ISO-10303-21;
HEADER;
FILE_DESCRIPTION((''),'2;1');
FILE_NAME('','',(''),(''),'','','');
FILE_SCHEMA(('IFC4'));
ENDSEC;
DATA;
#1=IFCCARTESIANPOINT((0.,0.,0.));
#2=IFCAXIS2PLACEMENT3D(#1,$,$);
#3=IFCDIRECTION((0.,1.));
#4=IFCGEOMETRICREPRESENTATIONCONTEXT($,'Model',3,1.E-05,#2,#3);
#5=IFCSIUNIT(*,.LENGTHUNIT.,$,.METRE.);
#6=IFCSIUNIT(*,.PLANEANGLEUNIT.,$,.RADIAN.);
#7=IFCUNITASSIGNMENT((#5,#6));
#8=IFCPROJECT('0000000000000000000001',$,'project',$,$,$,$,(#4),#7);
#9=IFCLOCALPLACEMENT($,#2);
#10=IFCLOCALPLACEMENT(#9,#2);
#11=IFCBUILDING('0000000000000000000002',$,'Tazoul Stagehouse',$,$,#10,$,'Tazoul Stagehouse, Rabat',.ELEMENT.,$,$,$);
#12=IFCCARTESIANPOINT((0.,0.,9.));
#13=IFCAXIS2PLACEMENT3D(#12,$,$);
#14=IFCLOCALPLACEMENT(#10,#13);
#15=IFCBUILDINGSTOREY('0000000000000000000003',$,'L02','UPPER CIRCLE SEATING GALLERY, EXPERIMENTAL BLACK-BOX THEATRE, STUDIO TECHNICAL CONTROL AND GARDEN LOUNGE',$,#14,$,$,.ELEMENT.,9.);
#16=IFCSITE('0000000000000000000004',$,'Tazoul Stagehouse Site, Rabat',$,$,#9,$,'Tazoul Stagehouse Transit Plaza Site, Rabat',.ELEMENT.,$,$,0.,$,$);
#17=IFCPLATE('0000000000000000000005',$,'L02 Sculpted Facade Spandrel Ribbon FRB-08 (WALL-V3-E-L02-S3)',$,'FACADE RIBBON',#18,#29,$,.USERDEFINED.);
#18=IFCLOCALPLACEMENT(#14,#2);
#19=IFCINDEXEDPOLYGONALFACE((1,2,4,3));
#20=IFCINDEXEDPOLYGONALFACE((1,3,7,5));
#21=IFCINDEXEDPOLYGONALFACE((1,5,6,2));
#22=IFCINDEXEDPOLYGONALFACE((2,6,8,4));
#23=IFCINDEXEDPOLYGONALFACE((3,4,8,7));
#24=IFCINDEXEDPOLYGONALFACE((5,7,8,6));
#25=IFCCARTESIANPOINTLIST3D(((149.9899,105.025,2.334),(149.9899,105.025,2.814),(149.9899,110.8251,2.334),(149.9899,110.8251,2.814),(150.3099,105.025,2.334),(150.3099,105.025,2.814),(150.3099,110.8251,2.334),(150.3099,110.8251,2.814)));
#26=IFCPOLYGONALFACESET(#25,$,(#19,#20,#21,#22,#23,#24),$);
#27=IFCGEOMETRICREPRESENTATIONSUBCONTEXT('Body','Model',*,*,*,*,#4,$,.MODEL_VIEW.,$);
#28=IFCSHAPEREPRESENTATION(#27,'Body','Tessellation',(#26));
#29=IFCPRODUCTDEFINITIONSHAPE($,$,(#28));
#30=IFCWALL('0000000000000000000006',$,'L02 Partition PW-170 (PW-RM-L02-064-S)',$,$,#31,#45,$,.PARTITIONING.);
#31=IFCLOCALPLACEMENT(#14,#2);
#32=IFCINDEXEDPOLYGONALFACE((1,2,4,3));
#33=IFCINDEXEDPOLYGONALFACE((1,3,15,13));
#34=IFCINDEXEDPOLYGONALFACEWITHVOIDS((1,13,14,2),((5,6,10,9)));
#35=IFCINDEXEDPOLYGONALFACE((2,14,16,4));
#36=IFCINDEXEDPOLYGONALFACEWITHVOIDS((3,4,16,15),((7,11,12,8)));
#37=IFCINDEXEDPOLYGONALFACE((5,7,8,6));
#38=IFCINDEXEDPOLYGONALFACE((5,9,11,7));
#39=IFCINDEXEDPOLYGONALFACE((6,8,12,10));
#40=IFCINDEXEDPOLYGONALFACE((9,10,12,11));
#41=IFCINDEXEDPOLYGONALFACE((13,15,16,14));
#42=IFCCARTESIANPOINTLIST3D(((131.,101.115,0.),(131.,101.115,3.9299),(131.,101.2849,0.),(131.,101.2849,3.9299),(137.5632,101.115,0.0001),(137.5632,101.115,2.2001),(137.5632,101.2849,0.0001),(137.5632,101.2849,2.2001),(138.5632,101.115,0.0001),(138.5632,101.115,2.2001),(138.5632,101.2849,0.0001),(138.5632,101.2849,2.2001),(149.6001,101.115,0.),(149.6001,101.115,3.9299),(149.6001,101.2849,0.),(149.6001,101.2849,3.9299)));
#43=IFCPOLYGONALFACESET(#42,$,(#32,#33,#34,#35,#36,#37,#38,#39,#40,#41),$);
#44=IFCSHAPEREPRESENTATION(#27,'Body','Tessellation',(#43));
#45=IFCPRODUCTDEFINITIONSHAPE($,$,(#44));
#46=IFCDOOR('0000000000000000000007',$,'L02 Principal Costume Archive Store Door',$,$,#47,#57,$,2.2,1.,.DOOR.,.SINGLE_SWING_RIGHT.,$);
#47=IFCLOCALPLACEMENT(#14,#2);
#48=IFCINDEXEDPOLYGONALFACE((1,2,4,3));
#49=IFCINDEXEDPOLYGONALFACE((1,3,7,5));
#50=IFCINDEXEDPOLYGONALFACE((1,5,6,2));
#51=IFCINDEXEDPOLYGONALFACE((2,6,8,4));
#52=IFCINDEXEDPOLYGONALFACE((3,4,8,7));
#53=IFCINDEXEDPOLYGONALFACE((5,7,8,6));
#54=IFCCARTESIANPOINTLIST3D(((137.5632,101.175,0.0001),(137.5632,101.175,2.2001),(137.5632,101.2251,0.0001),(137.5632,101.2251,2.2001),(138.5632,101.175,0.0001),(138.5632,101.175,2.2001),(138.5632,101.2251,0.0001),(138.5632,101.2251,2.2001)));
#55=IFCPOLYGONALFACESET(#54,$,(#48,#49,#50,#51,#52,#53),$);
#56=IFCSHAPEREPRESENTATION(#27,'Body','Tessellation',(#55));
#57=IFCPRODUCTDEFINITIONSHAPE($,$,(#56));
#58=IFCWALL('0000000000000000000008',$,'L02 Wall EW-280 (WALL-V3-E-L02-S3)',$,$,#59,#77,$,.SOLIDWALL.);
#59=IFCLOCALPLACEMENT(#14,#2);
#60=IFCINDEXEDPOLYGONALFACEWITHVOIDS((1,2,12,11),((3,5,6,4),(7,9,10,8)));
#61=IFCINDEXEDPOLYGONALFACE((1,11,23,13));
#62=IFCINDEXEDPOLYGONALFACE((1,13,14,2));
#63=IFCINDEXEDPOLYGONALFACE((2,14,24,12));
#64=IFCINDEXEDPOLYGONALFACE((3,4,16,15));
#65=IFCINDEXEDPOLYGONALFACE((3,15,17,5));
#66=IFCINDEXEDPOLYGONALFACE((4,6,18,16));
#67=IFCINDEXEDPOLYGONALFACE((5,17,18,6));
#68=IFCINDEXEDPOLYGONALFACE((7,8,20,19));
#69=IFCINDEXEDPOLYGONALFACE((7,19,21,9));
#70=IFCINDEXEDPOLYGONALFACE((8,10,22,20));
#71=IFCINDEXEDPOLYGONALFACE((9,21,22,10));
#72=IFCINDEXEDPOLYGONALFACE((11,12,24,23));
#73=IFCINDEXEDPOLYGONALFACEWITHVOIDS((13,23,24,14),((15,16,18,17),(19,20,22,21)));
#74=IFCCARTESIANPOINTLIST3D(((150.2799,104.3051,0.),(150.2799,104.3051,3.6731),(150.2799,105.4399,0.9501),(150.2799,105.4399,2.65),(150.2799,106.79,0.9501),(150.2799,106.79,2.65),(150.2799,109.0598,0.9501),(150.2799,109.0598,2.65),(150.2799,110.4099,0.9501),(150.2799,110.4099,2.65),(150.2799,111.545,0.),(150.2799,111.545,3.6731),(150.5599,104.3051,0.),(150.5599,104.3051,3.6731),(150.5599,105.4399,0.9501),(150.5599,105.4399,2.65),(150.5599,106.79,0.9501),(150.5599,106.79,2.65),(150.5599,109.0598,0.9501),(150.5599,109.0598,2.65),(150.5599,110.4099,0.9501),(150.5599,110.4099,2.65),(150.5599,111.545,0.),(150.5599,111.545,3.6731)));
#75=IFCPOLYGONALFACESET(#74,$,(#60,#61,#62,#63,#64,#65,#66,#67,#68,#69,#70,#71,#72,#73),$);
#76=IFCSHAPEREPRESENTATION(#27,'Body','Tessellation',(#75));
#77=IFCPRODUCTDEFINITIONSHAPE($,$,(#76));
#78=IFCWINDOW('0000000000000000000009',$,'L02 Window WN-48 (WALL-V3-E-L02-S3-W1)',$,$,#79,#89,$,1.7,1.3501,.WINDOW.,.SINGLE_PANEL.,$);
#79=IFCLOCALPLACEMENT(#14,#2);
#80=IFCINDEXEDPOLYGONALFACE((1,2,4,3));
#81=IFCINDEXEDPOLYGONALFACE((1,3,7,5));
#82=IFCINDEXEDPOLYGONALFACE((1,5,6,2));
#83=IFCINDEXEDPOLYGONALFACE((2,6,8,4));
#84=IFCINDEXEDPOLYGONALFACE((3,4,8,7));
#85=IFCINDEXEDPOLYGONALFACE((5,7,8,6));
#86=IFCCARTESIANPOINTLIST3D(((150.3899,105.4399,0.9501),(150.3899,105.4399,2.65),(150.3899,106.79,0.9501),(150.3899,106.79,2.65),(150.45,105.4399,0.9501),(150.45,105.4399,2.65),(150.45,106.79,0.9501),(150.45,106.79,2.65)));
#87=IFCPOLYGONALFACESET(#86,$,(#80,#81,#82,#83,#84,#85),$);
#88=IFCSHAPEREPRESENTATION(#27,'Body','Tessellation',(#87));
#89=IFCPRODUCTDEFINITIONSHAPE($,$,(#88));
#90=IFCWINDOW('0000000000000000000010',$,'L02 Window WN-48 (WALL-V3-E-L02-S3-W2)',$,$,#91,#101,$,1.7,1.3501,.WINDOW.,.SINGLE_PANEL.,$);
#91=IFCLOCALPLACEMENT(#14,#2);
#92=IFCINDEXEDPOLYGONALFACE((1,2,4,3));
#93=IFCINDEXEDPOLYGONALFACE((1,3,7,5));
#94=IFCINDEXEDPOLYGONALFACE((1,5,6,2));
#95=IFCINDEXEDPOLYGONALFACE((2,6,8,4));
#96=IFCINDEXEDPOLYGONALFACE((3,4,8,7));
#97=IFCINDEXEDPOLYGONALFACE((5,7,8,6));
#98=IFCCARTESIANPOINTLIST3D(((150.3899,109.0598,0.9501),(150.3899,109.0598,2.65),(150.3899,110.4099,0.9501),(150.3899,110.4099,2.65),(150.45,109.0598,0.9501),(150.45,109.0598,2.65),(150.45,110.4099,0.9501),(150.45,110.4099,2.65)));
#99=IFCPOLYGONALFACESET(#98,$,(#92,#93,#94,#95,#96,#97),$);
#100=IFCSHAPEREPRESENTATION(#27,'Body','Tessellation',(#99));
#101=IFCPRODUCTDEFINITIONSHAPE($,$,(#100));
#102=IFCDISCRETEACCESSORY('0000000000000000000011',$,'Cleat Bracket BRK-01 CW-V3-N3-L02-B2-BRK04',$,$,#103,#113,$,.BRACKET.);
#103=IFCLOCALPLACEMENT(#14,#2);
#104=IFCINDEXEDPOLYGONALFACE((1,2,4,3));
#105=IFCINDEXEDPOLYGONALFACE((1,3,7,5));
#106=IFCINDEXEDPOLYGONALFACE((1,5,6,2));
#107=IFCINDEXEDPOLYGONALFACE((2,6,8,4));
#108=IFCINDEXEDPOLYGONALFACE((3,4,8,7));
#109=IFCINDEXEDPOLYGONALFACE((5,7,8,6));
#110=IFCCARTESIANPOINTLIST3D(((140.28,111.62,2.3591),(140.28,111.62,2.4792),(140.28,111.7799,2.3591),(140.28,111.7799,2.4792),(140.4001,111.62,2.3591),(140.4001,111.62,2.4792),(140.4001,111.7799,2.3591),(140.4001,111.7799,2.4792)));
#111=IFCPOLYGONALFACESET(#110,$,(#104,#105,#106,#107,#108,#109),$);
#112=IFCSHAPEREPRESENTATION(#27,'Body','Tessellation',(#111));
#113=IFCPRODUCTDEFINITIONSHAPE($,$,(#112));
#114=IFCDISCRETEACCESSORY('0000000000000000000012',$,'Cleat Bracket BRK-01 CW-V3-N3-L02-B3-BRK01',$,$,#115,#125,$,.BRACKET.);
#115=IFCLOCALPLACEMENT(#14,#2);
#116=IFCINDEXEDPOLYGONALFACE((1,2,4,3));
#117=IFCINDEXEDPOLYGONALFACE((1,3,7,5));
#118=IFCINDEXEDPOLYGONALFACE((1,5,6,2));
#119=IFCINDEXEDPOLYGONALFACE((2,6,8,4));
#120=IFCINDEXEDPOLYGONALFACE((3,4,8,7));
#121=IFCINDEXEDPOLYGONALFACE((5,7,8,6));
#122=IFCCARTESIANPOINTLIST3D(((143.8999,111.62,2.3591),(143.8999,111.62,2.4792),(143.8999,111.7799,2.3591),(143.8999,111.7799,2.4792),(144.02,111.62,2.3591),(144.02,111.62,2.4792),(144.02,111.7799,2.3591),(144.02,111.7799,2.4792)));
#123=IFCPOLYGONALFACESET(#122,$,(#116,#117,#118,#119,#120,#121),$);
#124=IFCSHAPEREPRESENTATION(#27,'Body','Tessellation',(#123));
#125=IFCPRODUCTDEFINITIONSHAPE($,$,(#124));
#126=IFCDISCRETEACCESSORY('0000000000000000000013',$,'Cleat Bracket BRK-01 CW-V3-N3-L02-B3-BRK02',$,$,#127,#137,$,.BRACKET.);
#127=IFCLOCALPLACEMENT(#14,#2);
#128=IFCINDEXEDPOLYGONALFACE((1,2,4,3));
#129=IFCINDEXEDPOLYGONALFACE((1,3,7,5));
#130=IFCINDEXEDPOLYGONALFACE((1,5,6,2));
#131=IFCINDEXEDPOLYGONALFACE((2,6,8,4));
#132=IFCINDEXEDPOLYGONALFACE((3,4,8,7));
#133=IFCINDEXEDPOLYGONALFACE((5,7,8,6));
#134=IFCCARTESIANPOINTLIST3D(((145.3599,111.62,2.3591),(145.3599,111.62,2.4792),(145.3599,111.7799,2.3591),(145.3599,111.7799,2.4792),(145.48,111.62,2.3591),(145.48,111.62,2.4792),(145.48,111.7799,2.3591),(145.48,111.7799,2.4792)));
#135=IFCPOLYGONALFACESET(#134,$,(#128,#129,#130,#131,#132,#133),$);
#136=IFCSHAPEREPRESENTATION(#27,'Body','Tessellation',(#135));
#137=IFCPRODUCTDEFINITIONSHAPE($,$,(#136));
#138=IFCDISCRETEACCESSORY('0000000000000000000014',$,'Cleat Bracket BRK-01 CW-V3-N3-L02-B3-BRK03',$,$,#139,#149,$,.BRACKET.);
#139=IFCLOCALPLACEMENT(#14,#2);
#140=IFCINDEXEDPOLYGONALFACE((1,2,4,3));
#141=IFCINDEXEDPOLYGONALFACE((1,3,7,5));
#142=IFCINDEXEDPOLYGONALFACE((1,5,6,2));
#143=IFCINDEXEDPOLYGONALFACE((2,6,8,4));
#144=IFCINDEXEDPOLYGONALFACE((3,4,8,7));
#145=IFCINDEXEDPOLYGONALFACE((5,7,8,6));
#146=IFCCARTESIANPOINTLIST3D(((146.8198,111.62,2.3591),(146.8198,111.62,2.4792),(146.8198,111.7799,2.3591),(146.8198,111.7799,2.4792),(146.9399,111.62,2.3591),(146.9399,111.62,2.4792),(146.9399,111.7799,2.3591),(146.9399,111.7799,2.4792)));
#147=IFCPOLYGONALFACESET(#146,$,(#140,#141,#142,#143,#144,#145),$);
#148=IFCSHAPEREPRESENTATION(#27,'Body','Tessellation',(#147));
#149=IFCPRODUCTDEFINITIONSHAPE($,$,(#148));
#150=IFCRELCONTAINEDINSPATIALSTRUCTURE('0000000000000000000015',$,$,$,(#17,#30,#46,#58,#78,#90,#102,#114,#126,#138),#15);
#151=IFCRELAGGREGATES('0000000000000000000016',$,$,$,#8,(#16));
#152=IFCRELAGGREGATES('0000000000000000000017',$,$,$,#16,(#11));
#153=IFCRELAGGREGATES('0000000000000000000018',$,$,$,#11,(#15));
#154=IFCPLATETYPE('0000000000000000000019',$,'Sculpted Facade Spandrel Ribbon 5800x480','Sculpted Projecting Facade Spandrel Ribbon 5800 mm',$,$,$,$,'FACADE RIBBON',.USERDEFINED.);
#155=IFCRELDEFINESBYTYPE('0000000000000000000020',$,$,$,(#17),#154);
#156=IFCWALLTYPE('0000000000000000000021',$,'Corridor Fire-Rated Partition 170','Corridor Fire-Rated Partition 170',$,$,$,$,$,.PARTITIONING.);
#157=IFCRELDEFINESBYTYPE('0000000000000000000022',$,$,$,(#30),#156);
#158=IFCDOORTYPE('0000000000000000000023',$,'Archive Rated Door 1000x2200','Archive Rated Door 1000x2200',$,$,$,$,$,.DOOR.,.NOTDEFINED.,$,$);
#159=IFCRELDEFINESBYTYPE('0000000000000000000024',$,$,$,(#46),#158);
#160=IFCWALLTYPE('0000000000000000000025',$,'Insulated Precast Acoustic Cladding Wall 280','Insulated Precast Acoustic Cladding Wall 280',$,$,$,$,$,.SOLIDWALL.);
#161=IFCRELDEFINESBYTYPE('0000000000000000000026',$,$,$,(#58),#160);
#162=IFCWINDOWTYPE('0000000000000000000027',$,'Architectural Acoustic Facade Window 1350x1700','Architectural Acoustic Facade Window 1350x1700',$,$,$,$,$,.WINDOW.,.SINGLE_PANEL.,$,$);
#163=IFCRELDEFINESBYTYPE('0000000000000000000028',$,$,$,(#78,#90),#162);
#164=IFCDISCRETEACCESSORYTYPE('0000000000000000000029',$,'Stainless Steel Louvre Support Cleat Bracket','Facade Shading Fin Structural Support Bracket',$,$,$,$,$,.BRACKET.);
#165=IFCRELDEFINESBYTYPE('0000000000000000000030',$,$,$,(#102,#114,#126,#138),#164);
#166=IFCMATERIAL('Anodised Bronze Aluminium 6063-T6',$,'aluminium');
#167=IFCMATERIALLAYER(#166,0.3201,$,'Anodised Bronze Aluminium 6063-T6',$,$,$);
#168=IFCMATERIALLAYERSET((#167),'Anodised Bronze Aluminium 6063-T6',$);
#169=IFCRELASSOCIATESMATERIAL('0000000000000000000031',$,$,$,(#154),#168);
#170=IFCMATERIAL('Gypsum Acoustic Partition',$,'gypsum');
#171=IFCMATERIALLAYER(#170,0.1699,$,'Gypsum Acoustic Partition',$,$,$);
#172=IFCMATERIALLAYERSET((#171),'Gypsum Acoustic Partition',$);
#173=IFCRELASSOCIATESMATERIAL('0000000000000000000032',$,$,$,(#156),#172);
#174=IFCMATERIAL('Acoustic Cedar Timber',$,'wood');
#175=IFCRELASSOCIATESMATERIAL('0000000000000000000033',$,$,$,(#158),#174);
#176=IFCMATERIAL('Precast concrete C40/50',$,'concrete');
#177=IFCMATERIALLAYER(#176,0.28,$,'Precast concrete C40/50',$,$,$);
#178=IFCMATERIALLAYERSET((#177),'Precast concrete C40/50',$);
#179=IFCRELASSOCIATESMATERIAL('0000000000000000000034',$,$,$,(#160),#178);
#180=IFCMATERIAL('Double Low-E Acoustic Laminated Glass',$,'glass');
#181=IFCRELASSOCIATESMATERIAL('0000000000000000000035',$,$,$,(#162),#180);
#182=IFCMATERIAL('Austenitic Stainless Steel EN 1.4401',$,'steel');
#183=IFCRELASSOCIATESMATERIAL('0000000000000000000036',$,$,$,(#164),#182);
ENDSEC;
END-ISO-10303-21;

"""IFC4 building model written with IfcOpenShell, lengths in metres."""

from ifc_helpers import new_model, si_unit, direction, frame, frame_2d, origin, origin_2d, place, context, subcontext, project, spatial, rectangle, extrude, material, layer, layer_set, type_object, element, fill, save


model = new_model("IFC4")

# Units and contexts
model_context = context("Model", 3, precision=1e-05, world=origin(), true_north=direction((0.0, 1.0)))
body_context = subcontext(model_context, "Body", "Model", "MODEL_VIEW")
ifc_project = project(units=[si_unit("LENGTHUNIT", "METRE"), si_unit("PLANEANGLEUNIT", "RADIAN")], contexts=[model_context])

# Site, building, storey
site_placement = place(None, origin())
site = spatial("IfcSite", under=ifc_project, at=site_placement, Name="Tazoul Stagehouse Site, Rabat", LongName="Tazoul Stagehouse Transit Plaza Site, Rabat", CompositionType="ELEMENT", RefElevation=0.0)
building_placement = place(site_placement, origin())
building = spatial("IfcBuilding", under=site, at=building_placement, Name="Tazoul Stagehouse", LongName="Tazoul Stagehouse, Rabat", CompositionType="ELEMENT")
storey_placement = place(building_placement, frame((0.0, 0.0, 9.0)))
storey = spatial("IfcBuildingStorey", under=building, at=storey_placement, Name="L02", Description="UPPER CIRCLE SEATING GALLERY, EXPERIMENTAL BLACK-BOX THEATRE, STUDIO TECHNICAL CONTROL AND GARDEN LOUNGE", CompositionType="ELEMENT", Elevation=9.0)

# Plate
ifc_material_1 = material(Name="Anodised Bronze Aluminium 6063-T6", Category="aluminium")
ifc_layer_1 = layer(ifc_material_1, 0.3201, Name="Anodised Bronze Aluminium 6063-T6")
ifc_layer_set_1 = layer_set([ifc_layer_1], Name="Anodised Bronze Aluminium 6063-T6")
plate_type_1 = type_object("IfcPlateType", Name="Sculpted Facade Spandrel Ribbon 5800x480", Description="Sculpted Projecting Facade Spandrel Ribbon 5800 mm", ElementType="FACADE RIBBON", PredefinedType="USERDEFINED", material=ifc_layer_set_1)
for number, where, z_axis, x_axis, name in (
    (1, (150.1499, 107.925, 2.334), (0.0, 0.0, 1.0), (0.0, 1.0, 0.0), "L02 Sculpted Facade Spandrel Ribbon FRB-08 (WALL-V3-E-L02-S3)"),
):
    element("IfcPlate", number, at=place(storey_placement, frame(where, z_axis=z_axis, x_axis=x_axis)), inside=storey, type_object=plate_type_1, Name=name, ObjectType="FACADE RIBBON", PredefinedType="USERDEFINED", context=body_context, shape_type="SweptSolid", body=[
        extrude(rectangle(XDim=5.8, YDim=0.3201, at=origin_2d()), origin(), (0.0, 0.0, 1.0), 0.48),
    ])

# Wall, opening, door
ifc_material_2 = material(Name="Gypsum Acoustic Partition", Category="gypsum")
ifc_layer_2 = layer(ifc_material_2, 0.1699, Name="Gypsum Acoustic Partition")
ifc_layer_set_2 = layer_set([ifc_layer_2], Name="Gypsum Acoustic Partition")
wall_type_1 = type_object("IfcWallType", Name="Corridor Fire-Rated Partition 170", Description="Corridor Fire-Rated Partition 170", PredefinedType="PARTITIONING", material=ifc_layer_set_2)
wall_1_placement = place(storey_placement, frame((149.6001, 101.2, 0.0), z_axis=(0.0, 0.0, 1.0), x_axis=(-1.0, 0.0, 0.0)))
wall_1 = element("IfcWall", 2, at=wall_1_placement, inside=storey, type_object=wall_type_1, Name="L02 Partition PW-170 (PW-RM-L02-064-S)", PredefinedType="PARTITIONING", context=body_context, shape_type="SweptSolid", body=[
    extrude(rectangle(XDim=18.6001, YDim=0.1699, at=frame_2d((9.3, 0.0))), origin(), (0.0, 0.0, 1.0), 3.9299),
])
opening_1_placement = place(wall_1_placement, frame((11.0369, 0.0, 0.0)))
opening_1 = element("IfcOpeningElement", 3, at=opening_1_placement, cuts=wall_1, PredefinedType="OPENING", context=body_context, shape_type="SweptSolid", body=[
    extrude(rectangle(XDim=1.0, YDim=2.2, at=frame_2d((0.5, 1.1001))), frame((0.0, 0.105, 0.0), z_axis=(0.0, -1.0, 0.0), x_axis=(1.0, 0.0, 0.0)), (0.0, 0.0, 1.0), 0.21),
])
ifc_material_3 = material(Name="Acoustic Cedar Timber", Category="wood")
door_type = type_object("IfcDoorType", Name="Archive Rated Door 1000x2200", Description="Archive Rated Door 1000x2200", OperationType="NOTDEFINED", PredefinedType="DOOR", material=ifc_material_3)
door_placement = place(opening_1_placement, origin())
door = element("IfcDoor", 4, at=door_placement, inside=storey, type_object=door_type, Name="L02 Principal Costume Archive Store Door", OperationType="SINGLE_SWING_RIGHT", OverallHeight=2.2, OverallWidth=1.0, PredefinedType="DOOR", context=body_context, shape_type="SweptSolid", body=[
    extrude(rectangle(XDim=1.0, YDim=2.2, at=frame_2d((0.5, 1.1001))), frame((0.0, 0.0249, 0.0), z_axis=(0.0, -1.0, 0.0), x_axis=(1.0, 0.0, 0.0)), (0.0, 0.0, 1.0), 0.05),
])
fill(opening_1, door)

# Wall, openings, windows
ifc_material_4 = material(Name="Precast concrete C40/50", Category="concrete")
ifc_layer_3 = layer(ifc_material_4, 0.28, Name="Precast concrete C40/50")
ifc_layer_set_3 = layer_set([ifc_layer_3], Name="Precast concrete C40/50")
wall_type_2 = type_object("IfcWallType", Name="Insulated Precast Acoustic Cladding Wall 280", Description="Insulated Precast Acoustic Cladding Wall 280", PredefinedType="SOLIDWALL", material=ifc_layer_set_3)
wall_2_placement = place(storey_placement, frame((150.4199, 104.3049, 0.0), z_axis=(0.0, 0.0, 1.0), x_axis=(0.0, 1.0, 0.0)))
wall_2 = element("IfcWall", 5, at=wall_2_placement, inside=storey, type_object=wall_type_2, Name="L02 Wall EW-280 (WALL-V3-E-L02-S3)", PredefinedType="SOLIDWALL", context=body_context, shape_type="SweptSolid", body=[
    extrude(rectangle(XDim=7.24, YDim=0.28, at=frame_2d((3.6201, 0.0))), origin(), (0.0, 0.0, 1.0), 3.6731),
])
opening_2_placement = place(wall_2_placement, frame((1.135, 0.0, 0.95)))
opening_2 = element("IfcOpeningElement", 6, at=opening_2_placement, cuts=wall_2, PredefinedType="OPENING", context=body_context, shape_type="SweptSolid", body=[
    extrude(rectangle(XDim=1.3501, YDim=1.7, at=frame_2d((0.675, 0.8501))), frame((0.0, 0.1599, 0.0), z_axis=(0.0, -1.0, 0.0), x_axis=(1.0, 0.0, 0.0)), (0.0, 0.0, 1.0), 0.3201),
])
opening_3_placement = place(wall_2_placement, frame((4.7549, 0.0, 0.95)))
opening_3 = element("IfcOpeningElement", 7, at=opening_3_placement, cuts=wall_2, PredefinedType="OPENING", context=body_context, shape_type="SweptSolid", body=[
    extrude(rectangle(XDim=1.3501, YDim=1.7, at=frame_2d((0.675, 0.8501))), frame((0.0, 0.1599, 0.0), z_axis=(0.0, -1.0, 0.0), x_axis=(1.0, 0.0, 0.0)), (0.0, 0.0, 1.0), 0.3201),
])
ifc_material_5 = material(Name="Double Low-E Acoustic Laminated Glass", Category="glass")
window_type = type_object("IfcWindowType", Name="Architectural Acoustic Facade Window 1350x1700", Description="Architectural Acoustic Facade Window 1350x1700", PartitioningType="SINGLE_PANEL", PredefinedType="WINDOW", material=ifc_material_5)
window_1_placement = place(opening_2_placement, origin())
window_1 = element("IfcWindow", 8, at=window_1_placement, inside=storey, type_object=window_type, Name="L02 Window WN-48 (WALL-V3-E-L02-S3-W1)", OverallHeight=1.7, OverallWidth=1.3501, PartitioningType="SINGLE_PANEL", PredefinedType="WINDOW", context=body_context, shape_type="SweptSolid", body=[
    extrude(rectangle(XDim=1.3501, YDim=1.7, at=frame_2d((0.675, 0.8501))), frame((0.0, 0.03, 0.0), z_axis=(0.0, -1.0, 0.0), x_axis=(1.0, 0.0, 0.0)), (0.0, 0.0, 1.0), 0.0601),
])
fill(opening_2, window_1)
window_2_placement = place(opening_3_placement, origin())
window_2 = element("IfcWindow", 9, at=window_2_placement, inside=storey, type_object=window_type, Name="L02 Window WN-48 (WALL-V3-E-L02-S3-W2)", OverallHeight=1.7, OverallWidth=1.3501, PartitioningType="SINGLE_PANEL", PredefinedType="WINDOW", context=body_context, shape_type="SweptSolid", body=[
    extrude(rectangle(XDim=1.3501, YDim=1.7, at=frame_2d((0.675, 0.8501))), frame((0.0, 0.03, 0.0), z_axis=(0.0, -1.0, 0.0), x_axis=(1.0, 0.0, 0.0)), (0.0, 0.0, 1.0), 0.0601),
])
fill(opening_3, window_2)

# Discrete accessories
ifc_material_6 = material(Name="Austenitic Stainless Steel EN 1.4401", Category="steel")
discrete_accessory_type = type_object("IfcDiscreteAccessoryType", Name="Stainless Steel Louvre Support Cleat Bracket", Description="Facade Shading Fin Structural Support Bracket", PredefinedType="BRACKET", material=ifc_material_6)
for number, where, z_axis, x_axis, name in (
    (10, (140.3401, 111.7, 2.3591), (0.0, 0.0, 1.0), (1.0, 0.0, 0.0), "Cleat Bracket BRK-01 CW-V3-N3-L02-B2-BRK04"),
    (11, (143.96, 111.7, 2.3591), (0.0, 0.0, 1.0), (1.0, 0.0, 0.0), "Cleat Bracket BRK-01 CW-V3-N3-L02-B3-BRK01"),
    (12, (145.4199, 111.7, 2.3591), (0.0, 0.0, 1.0), (1.0, 0.0, 0.0), "Cleat Bracket BRK-01 CW-V3-N3-L02-B3-BRK02"),
    (13, (146.8799, 111.7, 2.3591), (0.0, 0.0, 1.0), (1.0, 0.0, 0.0), "Cleat Bracket BRK-01 CW-V3-N3-L02-B3-BRK03"),
):
    element("IfcDiscreteAccessory", number, at=place(storey_placement, frame(where, z_axis=z_axis, x_axis=x_axis)), inside=storey, type_object=discrete_accessory_type, Name=name, PredefinedType="BRACKET", context=body_context, shape_type="SweptSolid", body=[
        extrude(rectangle(XDim=0.1201, YDim=0.1599, at=origin_2d()), origin(), (0.0, 0.0, 1.0), 0.1201),
    ])

save(model, "model.ifc")
